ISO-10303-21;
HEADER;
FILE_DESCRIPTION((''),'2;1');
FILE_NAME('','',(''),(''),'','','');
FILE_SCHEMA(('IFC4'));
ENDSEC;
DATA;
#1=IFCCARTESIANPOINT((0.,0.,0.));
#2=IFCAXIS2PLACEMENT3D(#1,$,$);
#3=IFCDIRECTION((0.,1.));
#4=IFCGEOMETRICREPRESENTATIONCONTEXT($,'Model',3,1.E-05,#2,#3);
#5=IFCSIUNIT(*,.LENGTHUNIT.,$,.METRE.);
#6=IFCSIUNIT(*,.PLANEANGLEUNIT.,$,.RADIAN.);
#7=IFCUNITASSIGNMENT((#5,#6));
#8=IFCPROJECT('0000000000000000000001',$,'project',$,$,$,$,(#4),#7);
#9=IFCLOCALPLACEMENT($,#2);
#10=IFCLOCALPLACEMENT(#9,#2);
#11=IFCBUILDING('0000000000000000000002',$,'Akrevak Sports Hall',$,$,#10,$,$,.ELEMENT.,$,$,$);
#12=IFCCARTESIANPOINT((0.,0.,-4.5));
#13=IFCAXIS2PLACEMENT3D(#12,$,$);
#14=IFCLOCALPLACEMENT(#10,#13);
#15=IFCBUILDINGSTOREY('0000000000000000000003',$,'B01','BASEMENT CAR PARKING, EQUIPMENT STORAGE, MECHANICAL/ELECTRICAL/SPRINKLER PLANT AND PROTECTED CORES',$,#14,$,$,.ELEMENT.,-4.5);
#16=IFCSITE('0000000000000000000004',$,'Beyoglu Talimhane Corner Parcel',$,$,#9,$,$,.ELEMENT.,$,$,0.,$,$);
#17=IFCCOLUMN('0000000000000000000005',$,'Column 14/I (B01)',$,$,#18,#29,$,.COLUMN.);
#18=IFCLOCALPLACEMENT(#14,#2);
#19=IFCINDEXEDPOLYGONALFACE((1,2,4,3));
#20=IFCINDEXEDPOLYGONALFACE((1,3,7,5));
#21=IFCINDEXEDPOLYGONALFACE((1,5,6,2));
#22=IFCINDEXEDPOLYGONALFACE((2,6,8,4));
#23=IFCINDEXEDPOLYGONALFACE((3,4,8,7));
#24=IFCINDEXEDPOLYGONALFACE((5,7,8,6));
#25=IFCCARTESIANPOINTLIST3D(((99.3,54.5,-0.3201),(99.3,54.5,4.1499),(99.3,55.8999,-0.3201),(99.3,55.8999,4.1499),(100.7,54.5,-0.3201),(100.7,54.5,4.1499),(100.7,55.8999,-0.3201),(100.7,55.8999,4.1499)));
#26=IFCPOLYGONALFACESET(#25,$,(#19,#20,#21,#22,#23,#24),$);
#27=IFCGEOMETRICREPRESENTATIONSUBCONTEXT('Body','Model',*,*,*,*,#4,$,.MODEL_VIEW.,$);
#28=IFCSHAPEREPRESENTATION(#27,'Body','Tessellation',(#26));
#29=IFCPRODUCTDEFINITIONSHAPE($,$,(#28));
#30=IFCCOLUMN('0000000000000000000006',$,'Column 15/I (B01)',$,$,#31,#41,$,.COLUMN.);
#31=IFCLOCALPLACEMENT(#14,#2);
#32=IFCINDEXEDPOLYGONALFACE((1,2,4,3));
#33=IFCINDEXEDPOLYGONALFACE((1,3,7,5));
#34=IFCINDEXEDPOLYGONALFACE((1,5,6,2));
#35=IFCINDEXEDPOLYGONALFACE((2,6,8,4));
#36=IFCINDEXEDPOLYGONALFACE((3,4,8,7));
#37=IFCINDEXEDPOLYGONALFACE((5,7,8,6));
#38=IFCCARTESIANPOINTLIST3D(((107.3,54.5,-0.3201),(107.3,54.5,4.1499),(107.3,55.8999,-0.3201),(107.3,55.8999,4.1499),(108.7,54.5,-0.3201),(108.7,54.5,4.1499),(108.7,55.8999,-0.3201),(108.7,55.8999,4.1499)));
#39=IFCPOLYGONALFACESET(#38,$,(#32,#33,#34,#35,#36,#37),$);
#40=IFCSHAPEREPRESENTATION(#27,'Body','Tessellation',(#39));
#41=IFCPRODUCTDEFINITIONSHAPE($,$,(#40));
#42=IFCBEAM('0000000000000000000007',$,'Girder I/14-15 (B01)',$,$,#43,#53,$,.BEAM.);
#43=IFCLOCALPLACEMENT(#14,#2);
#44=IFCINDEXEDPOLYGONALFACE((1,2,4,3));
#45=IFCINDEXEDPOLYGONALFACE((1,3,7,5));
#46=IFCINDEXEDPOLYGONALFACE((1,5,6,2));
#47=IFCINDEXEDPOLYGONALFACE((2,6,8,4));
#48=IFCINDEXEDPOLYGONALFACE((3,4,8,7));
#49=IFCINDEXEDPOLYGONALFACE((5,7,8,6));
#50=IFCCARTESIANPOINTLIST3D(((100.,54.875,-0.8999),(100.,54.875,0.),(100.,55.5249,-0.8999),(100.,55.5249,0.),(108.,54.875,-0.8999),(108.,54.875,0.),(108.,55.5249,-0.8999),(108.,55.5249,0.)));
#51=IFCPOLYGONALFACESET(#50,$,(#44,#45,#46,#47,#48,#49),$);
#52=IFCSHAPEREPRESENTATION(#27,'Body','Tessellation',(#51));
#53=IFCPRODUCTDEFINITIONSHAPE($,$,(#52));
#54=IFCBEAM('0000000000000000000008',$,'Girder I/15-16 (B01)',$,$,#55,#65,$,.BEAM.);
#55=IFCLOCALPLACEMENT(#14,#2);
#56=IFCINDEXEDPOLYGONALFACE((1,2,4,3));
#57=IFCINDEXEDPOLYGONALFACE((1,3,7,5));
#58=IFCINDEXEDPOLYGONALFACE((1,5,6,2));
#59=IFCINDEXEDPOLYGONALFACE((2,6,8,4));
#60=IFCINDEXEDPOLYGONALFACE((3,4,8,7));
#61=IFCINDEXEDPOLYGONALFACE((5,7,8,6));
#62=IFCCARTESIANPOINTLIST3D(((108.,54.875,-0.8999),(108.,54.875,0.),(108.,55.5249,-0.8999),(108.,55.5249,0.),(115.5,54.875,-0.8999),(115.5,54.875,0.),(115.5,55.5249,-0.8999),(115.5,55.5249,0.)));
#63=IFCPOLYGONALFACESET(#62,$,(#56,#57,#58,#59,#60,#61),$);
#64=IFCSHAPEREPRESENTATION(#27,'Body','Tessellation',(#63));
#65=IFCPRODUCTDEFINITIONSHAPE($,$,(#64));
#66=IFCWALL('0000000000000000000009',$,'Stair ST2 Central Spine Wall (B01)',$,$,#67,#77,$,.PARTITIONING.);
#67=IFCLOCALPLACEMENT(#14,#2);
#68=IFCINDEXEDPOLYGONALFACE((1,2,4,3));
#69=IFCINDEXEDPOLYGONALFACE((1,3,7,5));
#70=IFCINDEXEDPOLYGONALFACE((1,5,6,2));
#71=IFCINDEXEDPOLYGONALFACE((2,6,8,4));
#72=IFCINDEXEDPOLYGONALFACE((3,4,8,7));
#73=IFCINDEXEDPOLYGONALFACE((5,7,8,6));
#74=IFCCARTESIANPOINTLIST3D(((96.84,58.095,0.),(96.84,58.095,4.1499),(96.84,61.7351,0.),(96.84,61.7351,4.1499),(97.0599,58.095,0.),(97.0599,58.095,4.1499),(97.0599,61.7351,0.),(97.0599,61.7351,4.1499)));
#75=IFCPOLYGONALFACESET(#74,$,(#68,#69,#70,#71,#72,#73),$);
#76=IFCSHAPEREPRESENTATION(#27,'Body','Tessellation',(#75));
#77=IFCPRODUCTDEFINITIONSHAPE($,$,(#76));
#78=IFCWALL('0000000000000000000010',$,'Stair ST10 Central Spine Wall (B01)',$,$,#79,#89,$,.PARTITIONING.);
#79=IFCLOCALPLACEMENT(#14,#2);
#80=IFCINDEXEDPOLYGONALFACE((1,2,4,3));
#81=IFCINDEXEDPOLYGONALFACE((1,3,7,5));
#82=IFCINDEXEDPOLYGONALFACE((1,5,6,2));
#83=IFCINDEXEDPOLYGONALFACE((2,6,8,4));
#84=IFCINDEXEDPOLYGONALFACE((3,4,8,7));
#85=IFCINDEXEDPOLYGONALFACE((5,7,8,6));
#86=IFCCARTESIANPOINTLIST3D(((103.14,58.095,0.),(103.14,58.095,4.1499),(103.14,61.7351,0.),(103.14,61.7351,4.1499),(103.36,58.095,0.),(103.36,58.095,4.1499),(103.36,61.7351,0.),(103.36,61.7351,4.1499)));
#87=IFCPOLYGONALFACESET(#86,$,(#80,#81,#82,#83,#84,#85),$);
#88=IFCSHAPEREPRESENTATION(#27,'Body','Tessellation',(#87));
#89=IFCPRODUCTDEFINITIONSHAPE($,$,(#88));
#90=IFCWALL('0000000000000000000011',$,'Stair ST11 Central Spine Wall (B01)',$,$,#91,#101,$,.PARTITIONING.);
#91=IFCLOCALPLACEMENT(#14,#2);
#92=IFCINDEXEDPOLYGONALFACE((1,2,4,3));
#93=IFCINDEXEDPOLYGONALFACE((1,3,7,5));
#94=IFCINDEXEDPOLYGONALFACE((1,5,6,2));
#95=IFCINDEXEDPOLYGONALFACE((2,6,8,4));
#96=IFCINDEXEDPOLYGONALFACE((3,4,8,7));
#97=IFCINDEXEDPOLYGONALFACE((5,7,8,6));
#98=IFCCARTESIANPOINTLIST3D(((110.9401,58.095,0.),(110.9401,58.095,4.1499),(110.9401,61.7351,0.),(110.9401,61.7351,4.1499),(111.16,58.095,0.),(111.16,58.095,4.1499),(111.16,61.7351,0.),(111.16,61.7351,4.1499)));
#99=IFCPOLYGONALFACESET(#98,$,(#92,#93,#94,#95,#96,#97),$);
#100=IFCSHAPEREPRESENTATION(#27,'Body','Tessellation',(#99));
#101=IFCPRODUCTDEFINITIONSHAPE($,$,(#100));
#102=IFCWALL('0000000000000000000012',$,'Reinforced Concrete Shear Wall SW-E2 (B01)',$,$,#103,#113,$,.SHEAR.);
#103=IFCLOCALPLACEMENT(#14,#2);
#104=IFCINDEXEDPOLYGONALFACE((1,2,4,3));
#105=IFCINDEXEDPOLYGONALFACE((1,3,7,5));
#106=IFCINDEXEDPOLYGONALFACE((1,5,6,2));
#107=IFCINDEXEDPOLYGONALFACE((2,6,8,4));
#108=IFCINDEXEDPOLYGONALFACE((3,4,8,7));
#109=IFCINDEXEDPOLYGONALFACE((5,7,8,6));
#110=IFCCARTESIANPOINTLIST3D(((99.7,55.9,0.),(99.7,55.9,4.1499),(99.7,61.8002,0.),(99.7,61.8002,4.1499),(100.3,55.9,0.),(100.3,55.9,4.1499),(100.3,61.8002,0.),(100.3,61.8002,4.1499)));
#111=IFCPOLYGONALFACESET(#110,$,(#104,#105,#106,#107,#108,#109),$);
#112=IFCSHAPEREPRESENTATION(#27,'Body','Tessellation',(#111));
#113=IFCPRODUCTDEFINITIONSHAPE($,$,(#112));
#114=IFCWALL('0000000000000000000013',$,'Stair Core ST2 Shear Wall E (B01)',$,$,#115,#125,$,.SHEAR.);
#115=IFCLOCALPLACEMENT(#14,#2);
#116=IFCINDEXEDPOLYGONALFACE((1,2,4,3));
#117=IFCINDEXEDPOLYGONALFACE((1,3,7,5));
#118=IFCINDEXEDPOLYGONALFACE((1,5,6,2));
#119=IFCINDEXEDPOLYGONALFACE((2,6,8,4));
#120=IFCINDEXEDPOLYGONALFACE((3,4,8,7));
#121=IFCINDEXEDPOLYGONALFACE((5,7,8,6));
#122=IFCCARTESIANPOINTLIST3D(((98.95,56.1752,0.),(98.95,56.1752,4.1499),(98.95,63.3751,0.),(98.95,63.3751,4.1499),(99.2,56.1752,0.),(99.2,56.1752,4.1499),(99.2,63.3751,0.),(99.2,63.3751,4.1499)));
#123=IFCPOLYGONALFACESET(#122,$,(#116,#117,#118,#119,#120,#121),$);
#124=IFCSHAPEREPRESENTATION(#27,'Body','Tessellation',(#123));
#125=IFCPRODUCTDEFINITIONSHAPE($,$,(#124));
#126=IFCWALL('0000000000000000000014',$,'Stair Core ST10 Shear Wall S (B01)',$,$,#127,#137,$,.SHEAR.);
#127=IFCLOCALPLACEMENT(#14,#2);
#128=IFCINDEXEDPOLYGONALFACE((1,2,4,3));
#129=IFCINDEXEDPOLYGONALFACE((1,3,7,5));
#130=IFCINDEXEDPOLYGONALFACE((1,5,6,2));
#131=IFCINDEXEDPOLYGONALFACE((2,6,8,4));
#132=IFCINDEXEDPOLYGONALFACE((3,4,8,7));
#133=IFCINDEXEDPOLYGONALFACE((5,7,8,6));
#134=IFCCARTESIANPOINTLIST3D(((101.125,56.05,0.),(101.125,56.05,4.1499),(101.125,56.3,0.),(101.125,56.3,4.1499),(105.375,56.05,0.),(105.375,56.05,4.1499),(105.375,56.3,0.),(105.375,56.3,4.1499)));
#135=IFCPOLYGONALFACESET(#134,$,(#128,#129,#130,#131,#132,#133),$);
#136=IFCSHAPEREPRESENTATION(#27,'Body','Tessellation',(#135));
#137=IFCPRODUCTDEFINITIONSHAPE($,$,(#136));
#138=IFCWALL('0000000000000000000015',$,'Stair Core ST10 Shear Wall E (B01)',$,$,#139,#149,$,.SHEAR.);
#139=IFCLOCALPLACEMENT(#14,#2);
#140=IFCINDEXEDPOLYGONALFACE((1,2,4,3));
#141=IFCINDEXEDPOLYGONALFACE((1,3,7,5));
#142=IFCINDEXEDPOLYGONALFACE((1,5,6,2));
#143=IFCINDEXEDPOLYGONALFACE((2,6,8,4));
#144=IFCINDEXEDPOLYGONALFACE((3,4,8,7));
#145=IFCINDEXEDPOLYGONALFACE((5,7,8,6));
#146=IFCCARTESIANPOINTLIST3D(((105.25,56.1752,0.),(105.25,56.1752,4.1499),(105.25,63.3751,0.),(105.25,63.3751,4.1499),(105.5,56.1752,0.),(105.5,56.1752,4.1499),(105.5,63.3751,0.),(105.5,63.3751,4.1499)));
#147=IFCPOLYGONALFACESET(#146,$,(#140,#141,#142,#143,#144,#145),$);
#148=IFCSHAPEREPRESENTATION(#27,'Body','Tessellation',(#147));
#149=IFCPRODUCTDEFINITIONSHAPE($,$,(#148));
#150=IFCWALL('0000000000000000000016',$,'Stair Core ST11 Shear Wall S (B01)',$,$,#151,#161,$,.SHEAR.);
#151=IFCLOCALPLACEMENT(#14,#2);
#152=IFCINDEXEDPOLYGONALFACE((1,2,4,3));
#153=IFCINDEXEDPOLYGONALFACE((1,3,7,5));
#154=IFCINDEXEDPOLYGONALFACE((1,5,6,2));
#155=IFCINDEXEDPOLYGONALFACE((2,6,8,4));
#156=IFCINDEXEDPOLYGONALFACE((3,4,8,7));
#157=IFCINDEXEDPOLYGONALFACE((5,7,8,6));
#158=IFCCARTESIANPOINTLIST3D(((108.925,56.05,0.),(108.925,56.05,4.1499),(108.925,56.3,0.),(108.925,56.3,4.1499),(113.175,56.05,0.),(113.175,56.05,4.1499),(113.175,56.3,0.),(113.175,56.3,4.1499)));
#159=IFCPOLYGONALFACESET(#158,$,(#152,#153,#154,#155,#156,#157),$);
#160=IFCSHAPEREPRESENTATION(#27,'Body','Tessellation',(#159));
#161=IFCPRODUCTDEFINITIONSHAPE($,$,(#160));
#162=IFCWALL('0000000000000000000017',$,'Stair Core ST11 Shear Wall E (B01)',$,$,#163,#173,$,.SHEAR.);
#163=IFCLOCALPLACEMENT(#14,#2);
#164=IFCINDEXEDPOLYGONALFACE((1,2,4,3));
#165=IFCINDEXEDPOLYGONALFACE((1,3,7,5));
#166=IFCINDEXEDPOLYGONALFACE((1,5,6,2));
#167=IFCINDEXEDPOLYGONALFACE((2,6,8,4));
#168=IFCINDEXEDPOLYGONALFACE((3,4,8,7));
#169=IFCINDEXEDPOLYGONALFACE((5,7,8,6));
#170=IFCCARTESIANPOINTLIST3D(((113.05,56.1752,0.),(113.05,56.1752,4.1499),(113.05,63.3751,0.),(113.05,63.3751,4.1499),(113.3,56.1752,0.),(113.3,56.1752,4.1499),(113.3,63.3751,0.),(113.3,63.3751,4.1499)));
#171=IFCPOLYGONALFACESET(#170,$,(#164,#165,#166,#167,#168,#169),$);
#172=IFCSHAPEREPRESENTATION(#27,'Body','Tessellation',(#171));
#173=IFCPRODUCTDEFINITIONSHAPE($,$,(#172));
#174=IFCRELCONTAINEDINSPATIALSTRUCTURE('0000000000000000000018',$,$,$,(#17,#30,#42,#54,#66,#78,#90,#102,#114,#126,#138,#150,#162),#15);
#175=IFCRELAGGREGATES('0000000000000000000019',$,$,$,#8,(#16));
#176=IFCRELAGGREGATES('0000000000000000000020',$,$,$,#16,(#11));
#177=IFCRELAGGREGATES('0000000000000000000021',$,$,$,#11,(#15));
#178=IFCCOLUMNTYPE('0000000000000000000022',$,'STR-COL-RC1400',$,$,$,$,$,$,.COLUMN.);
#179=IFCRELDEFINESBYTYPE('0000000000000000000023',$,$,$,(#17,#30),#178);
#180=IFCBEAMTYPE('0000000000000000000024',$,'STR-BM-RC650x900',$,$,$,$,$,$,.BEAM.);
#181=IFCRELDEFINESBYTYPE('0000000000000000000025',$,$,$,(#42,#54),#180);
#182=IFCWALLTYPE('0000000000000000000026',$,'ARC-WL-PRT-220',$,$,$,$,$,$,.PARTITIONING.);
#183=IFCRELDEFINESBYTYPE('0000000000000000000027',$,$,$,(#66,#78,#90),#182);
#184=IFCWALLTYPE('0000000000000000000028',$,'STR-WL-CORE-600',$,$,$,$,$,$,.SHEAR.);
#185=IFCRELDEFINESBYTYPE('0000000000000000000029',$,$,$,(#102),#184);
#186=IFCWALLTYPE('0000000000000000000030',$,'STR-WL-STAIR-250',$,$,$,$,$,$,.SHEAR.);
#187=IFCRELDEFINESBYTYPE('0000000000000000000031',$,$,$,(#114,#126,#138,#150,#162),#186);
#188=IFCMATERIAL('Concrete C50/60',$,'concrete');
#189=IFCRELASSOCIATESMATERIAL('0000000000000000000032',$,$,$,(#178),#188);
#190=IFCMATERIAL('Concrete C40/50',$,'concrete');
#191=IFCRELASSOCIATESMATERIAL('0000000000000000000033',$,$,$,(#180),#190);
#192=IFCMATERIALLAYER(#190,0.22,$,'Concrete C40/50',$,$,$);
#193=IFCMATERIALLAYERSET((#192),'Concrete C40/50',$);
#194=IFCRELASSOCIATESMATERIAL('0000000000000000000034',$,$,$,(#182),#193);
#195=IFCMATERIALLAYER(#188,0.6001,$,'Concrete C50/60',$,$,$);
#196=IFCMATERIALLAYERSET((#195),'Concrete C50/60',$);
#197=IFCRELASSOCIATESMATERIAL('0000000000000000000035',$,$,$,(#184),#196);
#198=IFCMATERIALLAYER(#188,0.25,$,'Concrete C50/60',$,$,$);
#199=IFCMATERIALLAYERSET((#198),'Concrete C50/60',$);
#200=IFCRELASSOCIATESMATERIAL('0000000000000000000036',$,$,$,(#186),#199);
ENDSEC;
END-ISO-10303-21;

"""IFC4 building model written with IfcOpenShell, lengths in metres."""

from ifc_helpers import new_model, si_unit, direction, frame, frame_2d, origin, origin_2d, place, context, subcontext, project, spatial, rectangle, extrude, material, layer, layer_set, material_profile, profile_set, type_object, element, save


model = new_model("IFC4")

# Units and contexts
model_context = context("Model", 3, precision=1e-05, world=origin(), true_north=direction((0.0, 1.0)))
body_context = subcontext(model_context, "Body", "Model", "MODEL_VIEW")
ifc_project = project(units=[si_unit("LENGTHUNIT", "METRE"), si_unit("PLANEANGLEUNIT", "RADIAN")], contexts=[model_context])

# Site, building, storey
site_placement = place(None, origin())
site = spatial("IfcSite", under=ifc_project, at=site_placement, Name="Beyoglu Talimhane Corner Parcel", CompositionType="ELEMENT", RefElevation=0.0)
building_placement = place(site_placement, origin())
building = spatial("IfcBuilding", under=site, at=building_placement, Name="Akrevak Sports Hall", CompositionType="ELEMENT")
storey_placement = place(building_placement, frame((0.0, 0.0, -4.5)))
storey = spatial("IfcBuildingStorey", under=building, at=storey_placement, Name="B01", Description="BASEMENT CAR PARKING, EQUIPMENT STORAGE, MECHANICAL/ELECTRICAL/SPRINKLER PLANT AND PROTECTED CORES", CompositionType="ELEMENT", Elevation=-4.5)

# Columns
ifc_material_1 = material(Name="Concrete C50/60", Category="concrete")
ifc_material_profile_1 = material_profile(ifc_material_1, rectangle(XDim=1.3999, YDim=1.3999, at=origin_2d()), Name="RC 1400x1400", Category="concrete")
ifc_profile_set_1 = profile_set([ifc_material_profile_1], Name="Concrete C50/60")
column_type = type_object("IfcColumnType", Name="STR-COL-RC1400", PredefinedType="COLUMN", material=ifc_profile_set_1)
for number, where, z_axis, x_axis, name in (
    (1, (100.0, 55.2, -0.3201), (0.0, 0.0, 1.0), (1.0, 0.0, 0.0), "Column 14/I (B01)"),
    (2, (108.0, 55.2, -0.3201), (0.0, 0.0, 1.0), (1.0, 0.0, 0.0), "Column 15/I (B01)"),
):
    element("IfcColumn", number, at=place(storey_placement, frame(where, z_axis=z_axis, x_axis=x_axis)), inside=storey, type_object=column_type, Name=name, PredefinedType="COLUMN", context=body_context, shape_type="SweptSolid", body=[
        extrude(rectangle(XDim=1.3999, YDim=1.3999, at=origin_2d()), origin(), (0.0, 0.0, 1.0), 4.47),
    ])

# Beams
ifc_material_2 = material(Name="Concrete C40/50", Category="concrete")
ifc_material_profile_2 = material_profile(ifc_material_2, rectangle(XDim=0.6499, YDim=0.8999, at=origin_2d()), Name="BM 650x900", Category="concrete")
ifc_profile_set_2 = profile_set([ifc_material_profile_2], Name="Concrete C40/50")
beam_type = type_object("IfcBeamType", Name="STR-BM-RC650x900", PredefinedType="BEAM", material=ifc_profile_set_2)
beam_1_placement = place(storey_placement, frame((100.0, 55.2, -0.45), z_axis=(1.0, 0.0, 0.0), x_axis=(0.0, 1.0, 0.0)))
element("IfcBeam", 3, at=beam_1_placement, inside=storey, type_object=beam_type, Name="Girder I/14-15 (B01)", PredefinedType="BEAM", context=body_context, shape_type="SweptSolid", body=[
    extrude(rectangle(XDim=0.6499, YDim=0.8999, at=origin_2d()), origin(), (0.0, 0.0, 1.0), 8.0),
])
beam_2_placement = place(storey_placement, frame((108.0, 55.2, -0.45), z_axis=(1.0, 0.0, 0.0), x_axis=(0.0, 1.0, 0.0)))
element("IfcBeam", 4, at=beam_2_placement, inside=storey, type_object=beam_type, Name="Girder I/15-16 (B01)", PredefinedType="BEAM", context=body_context, shape_type="SweptSolid", body=[
    extrude(rectangle(XDim=0.6499, YDim=0.8999, at=origin_2d()), origin(), (0.0, 0.0, 1.0), 7.5),
])

# Walls
ifc_layer_1 = layer(ifc_material_2, 0.22, Name="Concrete C40/50")
ifc_layer_set_1 = layer_set([ifc_layer_1], Name="Concrete C40/50")
wall_type_1 = type_object("IfcWallType", Name="ARC-WL-PRT-220", PredefinedType="PARTITIONING", material=ifc_layer_set_1)
for number, where, z_axis, x_axis, name in (
    (5, (96.95, 58.095, 0.0), (0.0, 0.0, 1.0), (0.0, 1.0, 0.0), "Stair ST2 Central Spine Wall (B01)"),
    (6, (103.25, 58.095, 0.0), (0.0, 0.0, 1.0), (0.0, 1.0, 0.0), "Stair ST10 Central Spine Wall (B01)"),
    (7, (111.05, 58.095, 0.0), (0.0, 0.0, 1.0), (0.0, 1.0, 0.0), "Stair ST11 Central Spine Wall (B01)"),
):
    element("IfcWall", number, at=place(storey_placement, frame(where, z_axis=z_axis, x_axis=x_axis)), inside=storey, type_object=wall_type_1, Name=name, PredefinedType="PARTITIONING", context=body_context, shape_type="SweptSolid", body=[
        extrude(rectangle(XDim=3.6401, YDim=0.22, at=frame_2d((1.8201, 0.0))), origin(), (0.0, 0.0, 1.0), 4.1499),
    ])
ifc_layer_2 = layer(ifc_material_1, 0.6001, Name="Concrete C50/60")
ifc_layer_set_2 = layer_set([ifc_layer_2], Name="Concrete C50/60")
wall_type_2 = type_object("IfcWallType", Name="STR-WL-CORE-600", PredefinedType="SHEAR", material=ifc_layer_set_2)
wall_1_placement = place(storey_placement, frame((100.0, 55.8999, 0.0), z_axis=(0.0, 0.0, 1.0), x_axis=(0.0, 1.0, 0.0)))
element("IfcWall", 8, at=wall_1_placement, inside=storey, type_object=wall_type_2, Name="Reinforced Concrete Shear Wall SW-E2 (B01)", PredefinedType="SHEAR", context=body_context, shape_type="SweptSolid", body=[
    extrude(rectangle(XDim=5.9001, YDim=0.6001, at=frame_2d((2.9502, 0.0))), origin(), (0.0, 0.0, 1.0), 4.1499),
])
ifc_layer_3 = layer(ifc_material_1, 0.25, Name="Concrete C50/60")
ifc_layer_set_3 = layer_set([ifc_layer_3], Name="Concrete C50/60")
wall_type_3 = type_object("IfcWallType", Name="STR-WL-STAIR-250", PredefinedType="SHEAR", material=ifc_layer_set_3)
wall_2_placement = place(storey_placement, frame((99.075, 56.175, 0.0), z_axis=(0.0, 0.0, 1.0), x_axis=(0.0, 1.0, 0.0)))
element("IfcWall", 9, at=wall_2_placement, inside=storey, type_object=wall_type_3, Name="Stair Core ST2 Shear Wall E (B01)", PredefinedType="SHEAR", context=body_context, shape_type="SweptSolid", body=[
    extrude(rectangle(XDim=7.2, YDim=0.25, at=frame_2d((3.6001, 0.0))), origin(), (0.0, 0.0, 1.0), 4.1499),
])
wall_3_placement = place(storey_placement, frame((101.125, 56.175, 0.0), z_axis=(0.0, 0.0, 1.0), x_axis=(1.0, 0.0, 0.0)))
element("IfcWall", 10, at=wall_3_placement, inside=storey, type_object=wall_type_3, Name="Stair Core ST10 Shear Wall S (B01)", PredefinedType="SHEAR", context=body_context, shape_type="SweptSolid", body=[
    extrude(rectangle(XDim=4.25, YDim=0.25, at=frame_2d((2.125, 0.0))), origin(), (0.0, 0.0, 1.0), 4.1499),
])
wall_4_placement = place(storey_placement, frame((105.375, 56.175, 0.0), z_axis=(0.0, 0.0, 1.0), x_axis=(0.0, 1.0, 0.0)))
element("IfcWall", 11, at=wall_4_placement, inside=storey, type_object=wall_type_3, Name="Stair Core ST10 Shear Wall E (B01)", PredefinedType="SHEAR", context=body_context, shape_type="SweptSolid", body=[
    extrude(rectangle(XDim=7.2, YDim=0.25, at=frame_2d((3.6001, 0.0))), origin(), (0.0, 0.0, 1.0), 4.1499),
])
wall_5_placement = place(storey_placement, frame((108.925, 56.175, 0.0), z_axis=(0.0, 0.0, 1.0), x_axis=(1.0, 0.0, 0.0)))
element("IfcWall", 12, at=wall_5_placement, inside=storey, type_object=wall_type_3, Name="Stair Core ST11 Shear Wall S (B01)", PredefinedType="SHEAR", context=body_context, shape_type="SweptSolid", body=[
    extrude(rectangle(XDim=4.25, YDim=0.25, at=frame_2d((2.125, 0.0))), origin(), (0.0, 0.0, 1.0), 4.1499),
])
wall_6_placement = place(storey_placement, frame((113.175, 56.175, 0.0), z_axis=(0.0, 0.0, 1.0), x_axis=(0.0, 1.0, 0.0)))
element("IfcWall", 13, at=wall_6_placement, inside=storey, type_object=wall_type_3, Name="Stair Core ST11 Shear Wall E (B01)", PredefinedType="SHEAR", context=body_context, shape_type="SweptSolid", body=[
    extrude(rectangle(XDim=7.2, YDim=0.25, at=frame_2d((3.6001, 0.0))), origin(), (0.0, 0.0, 1.0), 4.1499),
])

save(model, "model.ifc")
